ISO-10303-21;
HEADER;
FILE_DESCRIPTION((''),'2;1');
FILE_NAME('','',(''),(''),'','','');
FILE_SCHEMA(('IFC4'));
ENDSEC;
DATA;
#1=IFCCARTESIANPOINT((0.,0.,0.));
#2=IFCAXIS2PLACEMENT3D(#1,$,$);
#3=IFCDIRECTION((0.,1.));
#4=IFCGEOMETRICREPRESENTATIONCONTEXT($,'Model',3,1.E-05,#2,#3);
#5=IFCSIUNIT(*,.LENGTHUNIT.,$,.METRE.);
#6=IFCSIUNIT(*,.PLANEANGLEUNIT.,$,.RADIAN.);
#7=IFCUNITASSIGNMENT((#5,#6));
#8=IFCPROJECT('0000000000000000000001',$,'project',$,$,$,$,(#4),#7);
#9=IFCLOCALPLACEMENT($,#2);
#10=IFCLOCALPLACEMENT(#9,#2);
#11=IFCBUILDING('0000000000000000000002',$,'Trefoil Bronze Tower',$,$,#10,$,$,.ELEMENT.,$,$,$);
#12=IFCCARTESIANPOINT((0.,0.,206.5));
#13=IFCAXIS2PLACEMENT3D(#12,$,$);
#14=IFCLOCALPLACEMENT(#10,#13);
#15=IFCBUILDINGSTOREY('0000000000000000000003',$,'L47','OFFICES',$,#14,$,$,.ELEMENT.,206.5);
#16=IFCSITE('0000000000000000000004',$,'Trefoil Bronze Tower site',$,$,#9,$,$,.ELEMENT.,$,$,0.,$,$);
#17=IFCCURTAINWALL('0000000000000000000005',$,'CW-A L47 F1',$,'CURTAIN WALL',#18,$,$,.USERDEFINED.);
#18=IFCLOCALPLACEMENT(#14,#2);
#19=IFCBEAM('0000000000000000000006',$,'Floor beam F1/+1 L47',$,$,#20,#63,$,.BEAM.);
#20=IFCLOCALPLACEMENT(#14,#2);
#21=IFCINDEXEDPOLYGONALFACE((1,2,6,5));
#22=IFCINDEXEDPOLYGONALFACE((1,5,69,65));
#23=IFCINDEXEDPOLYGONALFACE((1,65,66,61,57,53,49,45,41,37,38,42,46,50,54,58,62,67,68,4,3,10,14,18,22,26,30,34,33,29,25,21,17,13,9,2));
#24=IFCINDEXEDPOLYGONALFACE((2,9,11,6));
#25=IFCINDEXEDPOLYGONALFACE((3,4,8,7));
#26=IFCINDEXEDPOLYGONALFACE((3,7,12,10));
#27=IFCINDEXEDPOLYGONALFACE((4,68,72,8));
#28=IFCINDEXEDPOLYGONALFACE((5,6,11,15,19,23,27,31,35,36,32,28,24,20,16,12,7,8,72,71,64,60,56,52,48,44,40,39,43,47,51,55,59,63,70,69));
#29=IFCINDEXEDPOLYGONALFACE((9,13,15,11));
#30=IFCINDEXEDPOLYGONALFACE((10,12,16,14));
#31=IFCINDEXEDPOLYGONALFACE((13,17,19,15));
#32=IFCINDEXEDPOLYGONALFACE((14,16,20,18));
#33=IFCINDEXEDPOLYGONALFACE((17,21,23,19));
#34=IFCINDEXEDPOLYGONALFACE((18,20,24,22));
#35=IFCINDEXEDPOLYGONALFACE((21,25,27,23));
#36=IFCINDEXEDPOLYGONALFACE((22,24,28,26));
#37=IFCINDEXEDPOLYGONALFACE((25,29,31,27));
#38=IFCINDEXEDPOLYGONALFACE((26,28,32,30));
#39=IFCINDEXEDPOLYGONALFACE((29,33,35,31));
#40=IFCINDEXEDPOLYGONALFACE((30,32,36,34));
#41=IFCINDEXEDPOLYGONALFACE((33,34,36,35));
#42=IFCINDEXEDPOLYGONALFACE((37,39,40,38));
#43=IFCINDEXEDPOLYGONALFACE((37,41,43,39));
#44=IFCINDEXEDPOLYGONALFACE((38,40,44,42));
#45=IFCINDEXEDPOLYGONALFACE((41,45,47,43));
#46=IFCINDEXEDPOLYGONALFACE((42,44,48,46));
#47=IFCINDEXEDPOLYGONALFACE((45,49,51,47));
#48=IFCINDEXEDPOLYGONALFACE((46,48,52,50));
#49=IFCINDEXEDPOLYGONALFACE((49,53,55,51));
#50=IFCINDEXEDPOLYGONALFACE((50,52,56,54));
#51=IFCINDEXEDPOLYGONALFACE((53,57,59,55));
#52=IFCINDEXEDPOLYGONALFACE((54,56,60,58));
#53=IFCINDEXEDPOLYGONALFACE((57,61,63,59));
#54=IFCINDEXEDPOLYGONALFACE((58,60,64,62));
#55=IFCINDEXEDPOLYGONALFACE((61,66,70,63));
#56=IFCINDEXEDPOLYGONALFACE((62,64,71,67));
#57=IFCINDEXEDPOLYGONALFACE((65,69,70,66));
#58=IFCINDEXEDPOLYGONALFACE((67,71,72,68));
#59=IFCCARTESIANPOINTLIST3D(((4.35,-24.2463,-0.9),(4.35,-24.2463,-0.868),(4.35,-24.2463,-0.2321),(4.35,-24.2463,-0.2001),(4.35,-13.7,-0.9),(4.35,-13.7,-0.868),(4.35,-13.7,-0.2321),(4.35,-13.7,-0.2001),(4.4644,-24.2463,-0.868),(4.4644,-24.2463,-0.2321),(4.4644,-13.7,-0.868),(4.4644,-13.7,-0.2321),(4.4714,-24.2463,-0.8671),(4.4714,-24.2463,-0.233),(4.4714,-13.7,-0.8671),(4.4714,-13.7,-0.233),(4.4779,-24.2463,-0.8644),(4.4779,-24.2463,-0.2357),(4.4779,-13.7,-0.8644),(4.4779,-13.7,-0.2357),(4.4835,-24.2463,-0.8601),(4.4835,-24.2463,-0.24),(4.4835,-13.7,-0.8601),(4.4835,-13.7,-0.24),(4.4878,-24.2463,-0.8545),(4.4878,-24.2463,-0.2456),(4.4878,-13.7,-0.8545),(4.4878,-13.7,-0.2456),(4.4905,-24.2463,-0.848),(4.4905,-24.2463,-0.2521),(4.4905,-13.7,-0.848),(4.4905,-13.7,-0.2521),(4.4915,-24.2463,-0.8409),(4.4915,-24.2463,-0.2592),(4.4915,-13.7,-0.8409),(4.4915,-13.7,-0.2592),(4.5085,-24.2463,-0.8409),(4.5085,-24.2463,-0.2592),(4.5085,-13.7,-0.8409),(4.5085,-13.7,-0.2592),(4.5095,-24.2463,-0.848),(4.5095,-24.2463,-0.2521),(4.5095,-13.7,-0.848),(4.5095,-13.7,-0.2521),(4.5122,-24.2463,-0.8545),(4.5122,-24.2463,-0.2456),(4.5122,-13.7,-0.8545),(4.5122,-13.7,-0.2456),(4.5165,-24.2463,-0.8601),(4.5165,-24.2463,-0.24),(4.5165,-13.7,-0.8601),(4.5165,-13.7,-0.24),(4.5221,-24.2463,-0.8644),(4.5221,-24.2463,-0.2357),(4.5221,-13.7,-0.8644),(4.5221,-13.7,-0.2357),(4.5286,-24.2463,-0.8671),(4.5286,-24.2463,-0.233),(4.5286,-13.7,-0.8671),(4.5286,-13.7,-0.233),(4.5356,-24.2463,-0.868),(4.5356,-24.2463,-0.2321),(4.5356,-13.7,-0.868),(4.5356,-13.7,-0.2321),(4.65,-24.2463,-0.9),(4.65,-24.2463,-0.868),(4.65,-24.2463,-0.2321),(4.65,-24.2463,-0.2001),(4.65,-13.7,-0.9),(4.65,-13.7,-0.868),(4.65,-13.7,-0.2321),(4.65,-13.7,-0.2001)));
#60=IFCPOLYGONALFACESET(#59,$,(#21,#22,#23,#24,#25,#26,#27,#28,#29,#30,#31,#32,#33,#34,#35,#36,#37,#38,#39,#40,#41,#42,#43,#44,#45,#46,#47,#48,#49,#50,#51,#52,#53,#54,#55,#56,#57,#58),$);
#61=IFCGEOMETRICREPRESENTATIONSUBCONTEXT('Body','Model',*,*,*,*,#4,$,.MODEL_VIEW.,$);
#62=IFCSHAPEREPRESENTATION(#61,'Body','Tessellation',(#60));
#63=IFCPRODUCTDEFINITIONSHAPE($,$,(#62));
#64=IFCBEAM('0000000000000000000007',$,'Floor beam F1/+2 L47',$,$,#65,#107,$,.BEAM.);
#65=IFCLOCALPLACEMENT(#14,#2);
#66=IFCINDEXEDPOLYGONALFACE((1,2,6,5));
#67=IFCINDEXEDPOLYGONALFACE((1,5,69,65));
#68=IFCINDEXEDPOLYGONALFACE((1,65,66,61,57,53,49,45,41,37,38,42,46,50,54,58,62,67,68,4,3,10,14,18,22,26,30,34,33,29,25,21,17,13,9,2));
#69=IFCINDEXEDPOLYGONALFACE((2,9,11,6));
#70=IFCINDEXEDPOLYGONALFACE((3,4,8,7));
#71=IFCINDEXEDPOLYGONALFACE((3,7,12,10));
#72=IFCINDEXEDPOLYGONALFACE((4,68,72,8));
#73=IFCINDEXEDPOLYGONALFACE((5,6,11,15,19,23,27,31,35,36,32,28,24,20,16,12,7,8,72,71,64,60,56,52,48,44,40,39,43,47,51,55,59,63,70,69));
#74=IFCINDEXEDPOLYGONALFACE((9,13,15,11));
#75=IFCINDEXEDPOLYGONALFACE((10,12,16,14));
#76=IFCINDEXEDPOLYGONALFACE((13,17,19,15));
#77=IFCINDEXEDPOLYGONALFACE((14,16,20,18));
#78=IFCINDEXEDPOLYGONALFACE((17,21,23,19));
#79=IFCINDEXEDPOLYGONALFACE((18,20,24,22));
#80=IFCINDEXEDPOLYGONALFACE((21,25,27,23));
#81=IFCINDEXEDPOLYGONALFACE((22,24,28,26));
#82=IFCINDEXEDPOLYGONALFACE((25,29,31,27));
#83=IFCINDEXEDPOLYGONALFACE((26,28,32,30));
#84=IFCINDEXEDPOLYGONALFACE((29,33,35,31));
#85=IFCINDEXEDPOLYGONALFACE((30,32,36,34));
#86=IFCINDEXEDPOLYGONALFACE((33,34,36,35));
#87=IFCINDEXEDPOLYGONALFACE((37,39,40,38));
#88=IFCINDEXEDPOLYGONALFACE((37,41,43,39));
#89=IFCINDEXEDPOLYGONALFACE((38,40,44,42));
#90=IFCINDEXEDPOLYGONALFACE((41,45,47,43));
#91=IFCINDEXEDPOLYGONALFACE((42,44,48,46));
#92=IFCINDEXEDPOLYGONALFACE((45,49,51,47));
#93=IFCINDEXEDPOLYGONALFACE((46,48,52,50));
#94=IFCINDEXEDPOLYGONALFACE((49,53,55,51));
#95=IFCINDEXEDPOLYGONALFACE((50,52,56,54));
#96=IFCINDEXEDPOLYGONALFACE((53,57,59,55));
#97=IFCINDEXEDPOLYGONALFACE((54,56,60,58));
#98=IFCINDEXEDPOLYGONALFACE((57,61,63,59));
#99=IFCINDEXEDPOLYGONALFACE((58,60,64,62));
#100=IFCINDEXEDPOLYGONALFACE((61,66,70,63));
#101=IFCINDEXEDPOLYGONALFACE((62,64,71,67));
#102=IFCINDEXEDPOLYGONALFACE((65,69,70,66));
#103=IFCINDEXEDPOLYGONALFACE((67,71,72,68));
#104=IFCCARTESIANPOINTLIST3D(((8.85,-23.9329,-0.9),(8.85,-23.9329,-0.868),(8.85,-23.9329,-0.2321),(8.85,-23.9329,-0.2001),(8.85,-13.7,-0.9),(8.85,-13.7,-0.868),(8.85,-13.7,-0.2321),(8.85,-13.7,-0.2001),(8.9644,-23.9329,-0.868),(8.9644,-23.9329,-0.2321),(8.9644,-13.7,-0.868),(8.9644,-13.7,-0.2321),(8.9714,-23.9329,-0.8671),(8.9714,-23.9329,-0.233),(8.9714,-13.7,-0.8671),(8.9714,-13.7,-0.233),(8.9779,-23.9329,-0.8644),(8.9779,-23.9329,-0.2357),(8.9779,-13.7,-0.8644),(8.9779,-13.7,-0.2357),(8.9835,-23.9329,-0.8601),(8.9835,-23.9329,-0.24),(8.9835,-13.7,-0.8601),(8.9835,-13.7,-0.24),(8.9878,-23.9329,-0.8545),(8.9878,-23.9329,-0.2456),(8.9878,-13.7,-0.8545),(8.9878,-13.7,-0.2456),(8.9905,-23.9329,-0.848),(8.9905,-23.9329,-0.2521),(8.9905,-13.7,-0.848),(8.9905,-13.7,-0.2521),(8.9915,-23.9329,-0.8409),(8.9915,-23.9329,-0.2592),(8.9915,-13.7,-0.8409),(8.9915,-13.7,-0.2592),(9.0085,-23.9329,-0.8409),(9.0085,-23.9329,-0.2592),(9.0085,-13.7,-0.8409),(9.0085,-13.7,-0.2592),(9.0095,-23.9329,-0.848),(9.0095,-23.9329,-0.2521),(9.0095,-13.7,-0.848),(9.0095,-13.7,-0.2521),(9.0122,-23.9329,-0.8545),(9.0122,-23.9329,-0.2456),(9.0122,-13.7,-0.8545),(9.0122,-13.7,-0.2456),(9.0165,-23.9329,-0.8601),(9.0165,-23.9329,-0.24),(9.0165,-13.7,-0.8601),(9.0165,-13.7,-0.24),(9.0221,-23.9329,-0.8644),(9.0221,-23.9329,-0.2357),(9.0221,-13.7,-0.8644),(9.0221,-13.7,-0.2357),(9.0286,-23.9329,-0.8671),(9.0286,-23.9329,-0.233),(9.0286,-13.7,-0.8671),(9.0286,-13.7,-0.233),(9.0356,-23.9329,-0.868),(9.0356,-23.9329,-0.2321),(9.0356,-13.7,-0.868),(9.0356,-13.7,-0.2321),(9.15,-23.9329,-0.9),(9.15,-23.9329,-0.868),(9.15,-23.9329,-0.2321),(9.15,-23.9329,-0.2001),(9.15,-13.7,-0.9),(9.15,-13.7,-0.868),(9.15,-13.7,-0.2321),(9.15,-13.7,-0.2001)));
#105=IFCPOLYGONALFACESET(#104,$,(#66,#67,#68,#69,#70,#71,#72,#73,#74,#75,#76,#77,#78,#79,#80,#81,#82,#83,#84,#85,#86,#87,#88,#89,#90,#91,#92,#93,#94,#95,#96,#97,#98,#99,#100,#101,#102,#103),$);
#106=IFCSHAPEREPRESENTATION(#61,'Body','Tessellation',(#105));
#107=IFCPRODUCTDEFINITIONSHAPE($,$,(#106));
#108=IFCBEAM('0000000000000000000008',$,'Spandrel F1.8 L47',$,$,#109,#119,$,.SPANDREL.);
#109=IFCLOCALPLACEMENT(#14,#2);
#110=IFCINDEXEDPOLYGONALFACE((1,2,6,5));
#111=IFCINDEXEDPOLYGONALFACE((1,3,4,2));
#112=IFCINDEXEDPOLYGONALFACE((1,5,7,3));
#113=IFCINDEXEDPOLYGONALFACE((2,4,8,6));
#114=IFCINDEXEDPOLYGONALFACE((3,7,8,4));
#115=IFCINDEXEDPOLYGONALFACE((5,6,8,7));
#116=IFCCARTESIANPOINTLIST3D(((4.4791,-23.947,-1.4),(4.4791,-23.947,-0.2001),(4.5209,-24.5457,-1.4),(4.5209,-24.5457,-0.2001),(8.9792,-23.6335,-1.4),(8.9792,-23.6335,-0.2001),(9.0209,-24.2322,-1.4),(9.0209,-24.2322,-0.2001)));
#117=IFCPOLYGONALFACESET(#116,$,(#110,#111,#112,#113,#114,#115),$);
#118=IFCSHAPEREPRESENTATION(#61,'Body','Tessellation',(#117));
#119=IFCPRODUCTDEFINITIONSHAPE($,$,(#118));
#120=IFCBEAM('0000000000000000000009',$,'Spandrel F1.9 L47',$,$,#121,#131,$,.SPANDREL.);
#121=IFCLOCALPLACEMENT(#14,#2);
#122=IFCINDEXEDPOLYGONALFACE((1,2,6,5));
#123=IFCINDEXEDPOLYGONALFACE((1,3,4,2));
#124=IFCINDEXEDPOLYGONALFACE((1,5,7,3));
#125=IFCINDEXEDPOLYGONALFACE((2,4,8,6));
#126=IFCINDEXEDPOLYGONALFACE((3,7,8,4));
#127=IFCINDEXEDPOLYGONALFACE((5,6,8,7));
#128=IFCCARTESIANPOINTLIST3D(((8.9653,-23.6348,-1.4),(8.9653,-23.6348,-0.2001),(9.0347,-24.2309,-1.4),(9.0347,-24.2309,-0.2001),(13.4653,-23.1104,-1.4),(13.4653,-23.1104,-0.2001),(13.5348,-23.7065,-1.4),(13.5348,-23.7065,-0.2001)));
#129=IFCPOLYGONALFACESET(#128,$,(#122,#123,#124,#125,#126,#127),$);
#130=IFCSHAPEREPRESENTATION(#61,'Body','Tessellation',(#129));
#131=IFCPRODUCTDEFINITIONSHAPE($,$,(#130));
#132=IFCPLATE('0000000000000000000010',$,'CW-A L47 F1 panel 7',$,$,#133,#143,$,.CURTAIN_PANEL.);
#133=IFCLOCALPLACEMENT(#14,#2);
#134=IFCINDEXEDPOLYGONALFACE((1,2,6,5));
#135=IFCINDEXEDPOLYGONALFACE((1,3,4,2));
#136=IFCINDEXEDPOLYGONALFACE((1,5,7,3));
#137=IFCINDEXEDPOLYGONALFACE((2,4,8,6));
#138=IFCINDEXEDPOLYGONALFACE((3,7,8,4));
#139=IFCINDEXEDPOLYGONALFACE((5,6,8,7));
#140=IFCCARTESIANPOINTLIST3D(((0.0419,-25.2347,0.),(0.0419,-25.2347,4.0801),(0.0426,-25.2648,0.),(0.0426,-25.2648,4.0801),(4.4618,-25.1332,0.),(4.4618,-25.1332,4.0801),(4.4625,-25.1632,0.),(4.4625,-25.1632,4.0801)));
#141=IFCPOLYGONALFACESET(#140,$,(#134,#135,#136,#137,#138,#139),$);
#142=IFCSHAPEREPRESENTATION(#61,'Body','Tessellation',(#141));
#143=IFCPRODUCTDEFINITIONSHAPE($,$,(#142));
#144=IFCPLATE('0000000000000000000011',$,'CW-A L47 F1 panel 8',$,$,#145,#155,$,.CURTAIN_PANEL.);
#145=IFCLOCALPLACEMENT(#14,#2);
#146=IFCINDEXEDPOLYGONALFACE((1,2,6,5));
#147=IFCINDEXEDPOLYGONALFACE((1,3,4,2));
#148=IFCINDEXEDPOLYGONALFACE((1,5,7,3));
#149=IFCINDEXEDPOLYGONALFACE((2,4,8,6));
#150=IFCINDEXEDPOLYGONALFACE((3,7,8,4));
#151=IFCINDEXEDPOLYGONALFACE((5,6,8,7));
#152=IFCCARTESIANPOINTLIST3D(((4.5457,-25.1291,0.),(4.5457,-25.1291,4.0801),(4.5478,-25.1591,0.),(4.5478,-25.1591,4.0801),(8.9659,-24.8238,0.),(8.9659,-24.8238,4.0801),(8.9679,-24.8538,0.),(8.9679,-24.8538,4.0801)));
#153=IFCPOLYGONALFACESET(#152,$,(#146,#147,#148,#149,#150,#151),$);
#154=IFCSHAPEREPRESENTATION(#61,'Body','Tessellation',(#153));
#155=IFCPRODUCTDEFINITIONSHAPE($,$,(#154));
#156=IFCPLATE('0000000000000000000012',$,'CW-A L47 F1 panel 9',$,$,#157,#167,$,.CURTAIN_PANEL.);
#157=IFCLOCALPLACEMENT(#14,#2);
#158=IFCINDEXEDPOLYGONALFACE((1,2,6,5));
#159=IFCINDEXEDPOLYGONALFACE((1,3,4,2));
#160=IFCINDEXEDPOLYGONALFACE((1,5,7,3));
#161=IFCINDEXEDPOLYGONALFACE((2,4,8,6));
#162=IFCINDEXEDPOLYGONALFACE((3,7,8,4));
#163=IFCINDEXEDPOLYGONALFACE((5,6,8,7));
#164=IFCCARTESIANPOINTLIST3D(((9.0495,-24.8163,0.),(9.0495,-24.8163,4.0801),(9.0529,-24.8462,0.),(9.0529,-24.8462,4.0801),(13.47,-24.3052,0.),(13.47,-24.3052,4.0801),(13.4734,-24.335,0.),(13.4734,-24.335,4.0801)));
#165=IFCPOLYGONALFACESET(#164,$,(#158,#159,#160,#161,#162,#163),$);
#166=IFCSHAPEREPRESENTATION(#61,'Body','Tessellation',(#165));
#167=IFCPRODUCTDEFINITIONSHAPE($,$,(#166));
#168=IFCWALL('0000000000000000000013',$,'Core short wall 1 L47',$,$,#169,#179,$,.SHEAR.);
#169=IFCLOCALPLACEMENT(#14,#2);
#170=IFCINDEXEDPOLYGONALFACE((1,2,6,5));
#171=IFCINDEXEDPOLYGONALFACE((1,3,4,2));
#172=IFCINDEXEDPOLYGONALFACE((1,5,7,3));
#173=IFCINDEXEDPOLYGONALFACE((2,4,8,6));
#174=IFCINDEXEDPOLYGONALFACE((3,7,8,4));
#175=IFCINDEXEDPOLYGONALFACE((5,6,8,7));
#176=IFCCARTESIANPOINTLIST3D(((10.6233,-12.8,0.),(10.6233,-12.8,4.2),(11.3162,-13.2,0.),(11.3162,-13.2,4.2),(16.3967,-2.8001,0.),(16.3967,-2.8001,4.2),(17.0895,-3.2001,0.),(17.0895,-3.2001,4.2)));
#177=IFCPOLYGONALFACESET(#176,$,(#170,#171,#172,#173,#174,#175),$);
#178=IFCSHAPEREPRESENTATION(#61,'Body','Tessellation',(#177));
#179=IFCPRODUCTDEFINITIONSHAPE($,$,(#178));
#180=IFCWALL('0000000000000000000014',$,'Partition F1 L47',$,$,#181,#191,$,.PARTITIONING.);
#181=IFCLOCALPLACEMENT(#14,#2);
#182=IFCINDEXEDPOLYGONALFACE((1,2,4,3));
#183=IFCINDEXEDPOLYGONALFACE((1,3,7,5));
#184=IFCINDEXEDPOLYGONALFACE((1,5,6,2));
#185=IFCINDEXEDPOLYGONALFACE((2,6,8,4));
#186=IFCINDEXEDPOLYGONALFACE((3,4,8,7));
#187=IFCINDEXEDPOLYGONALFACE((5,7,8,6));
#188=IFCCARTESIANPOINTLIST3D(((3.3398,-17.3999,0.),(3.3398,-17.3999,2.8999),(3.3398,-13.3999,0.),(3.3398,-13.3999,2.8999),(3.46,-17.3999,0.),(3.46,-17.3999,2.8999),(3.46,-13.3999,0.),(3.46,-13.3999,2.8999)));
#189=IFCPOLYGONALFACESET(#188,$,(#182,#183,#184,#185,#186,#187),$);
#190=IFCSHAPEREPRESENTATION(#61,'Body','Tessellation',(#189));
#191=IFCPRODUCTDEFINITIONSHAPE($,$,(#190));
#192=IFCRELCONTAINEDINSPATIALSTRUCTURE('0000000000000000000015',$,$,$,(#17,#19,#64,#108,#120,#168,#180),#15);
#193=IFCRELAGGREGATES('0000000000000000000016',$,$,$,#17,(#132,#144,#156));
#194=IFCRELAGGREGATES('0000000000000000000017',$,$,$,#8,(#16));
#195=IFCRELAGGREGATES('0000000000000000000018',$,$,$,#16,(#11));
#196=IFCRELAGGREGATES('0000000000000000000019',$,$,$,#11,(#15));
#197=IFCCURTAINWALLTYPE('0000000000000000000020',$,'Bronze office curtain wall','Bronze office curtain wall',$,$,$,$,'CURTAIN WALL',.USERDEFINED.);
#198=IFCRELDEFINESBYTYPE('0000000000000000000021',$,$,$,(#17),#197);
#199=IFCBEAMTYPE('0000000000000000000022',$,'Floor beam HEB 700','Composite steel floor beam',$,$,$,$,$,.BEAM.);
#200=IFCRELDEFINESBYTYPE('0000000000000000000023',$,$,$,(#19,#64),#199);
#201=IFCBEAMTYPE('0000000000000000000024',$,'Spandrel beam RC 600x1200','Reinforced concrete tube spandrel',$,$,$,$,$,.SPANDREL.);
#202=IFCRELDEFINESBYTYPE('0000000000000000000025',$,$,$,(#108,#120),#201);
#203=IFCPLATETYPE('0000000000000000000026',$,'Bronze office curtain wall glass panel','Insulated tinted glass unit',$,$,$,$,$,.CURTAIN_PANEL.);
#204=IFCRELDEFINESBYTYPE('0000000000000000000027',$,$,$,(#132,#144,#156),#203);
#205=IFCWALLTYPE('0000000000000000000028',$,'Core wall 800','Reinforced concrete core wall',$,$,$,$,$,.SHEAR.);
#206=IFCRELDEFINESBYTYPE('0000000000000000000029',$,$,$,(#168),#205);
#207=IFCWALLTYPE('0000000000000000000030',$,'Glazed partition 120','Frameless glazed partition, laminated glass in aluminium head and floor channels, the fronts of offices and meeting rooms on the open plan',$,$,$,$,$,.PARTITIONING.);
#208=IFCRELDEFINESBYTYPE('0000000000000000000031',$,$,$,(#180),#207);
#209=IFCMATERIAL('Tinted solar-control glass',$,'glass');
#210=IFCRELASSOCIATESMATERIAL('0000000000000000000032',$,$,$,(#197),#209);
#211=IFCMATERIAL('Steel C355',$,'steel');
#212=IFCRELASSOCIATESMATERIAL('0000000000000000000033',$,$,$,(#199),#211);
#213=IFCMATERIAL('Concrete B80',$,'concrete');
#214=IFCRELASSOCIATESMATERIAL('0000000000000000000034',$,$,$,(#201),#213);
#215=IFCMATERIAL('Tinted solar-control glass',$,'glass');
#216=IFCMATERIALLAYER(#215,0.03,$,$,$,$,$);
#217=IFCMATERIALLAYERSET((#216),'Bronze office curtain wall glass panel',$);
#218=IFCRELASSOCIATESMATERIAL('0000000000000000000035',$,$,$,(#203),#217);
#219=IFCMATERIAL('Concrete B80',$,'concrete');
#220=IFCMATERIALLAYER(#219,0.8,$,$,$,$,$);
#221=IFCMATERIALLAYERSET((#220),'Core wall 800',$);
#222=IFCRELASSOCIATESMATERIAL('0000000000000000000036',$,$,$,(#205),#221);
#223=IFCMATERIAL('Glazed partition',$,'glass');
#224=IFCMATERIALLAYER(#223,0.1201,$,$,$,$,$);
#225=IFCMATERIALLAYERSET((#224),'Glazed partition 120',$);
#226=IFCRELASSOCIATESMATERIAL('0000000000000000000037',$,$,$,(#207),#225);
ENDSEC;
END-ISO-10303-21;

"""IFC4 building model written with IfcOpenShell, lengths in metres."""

from ifc_helpers import new_model, si_unit, direction, frame, frame_2d, origin, origin_2d, place, context, subcontext, project, spatial, rectangle, i_section, extrude, material, layer, layer_set, material_profile, profile_set, type_object, element, aggregate, save


model = new_model("IFC4")

# Units and contexts
model_context = context("Model", 3, precision=1e-05, world=origin(), true_north=direction((0.0, 1.0)))
body_context = subcontext(model_context, "Body", "Model", "MODEL_VIEW")
ifc_project = project(units=[si_unit("LENGTHUNIT", "METRE"), si_unit("PLANEANGLEUNIT", "RADIAN")], contexts=[model_context])

# Site, building, storey
site_placement = place(None, origin())
site = spatial("IfcSite", under=ifc_project, at=site_placement, Name="Trefoil Bronze Tower site", CompositionType="ELEMENT", RefElevation=0.0)
building_placement = place(site_placement, origin())
building = spatial("IfcBuilding", under=site, at=building_placement, Name="Trefoil Bronze Tower", CompositionType="ELEMENT")
storey_placement = place(building_placement, frame((0.0, 0.0, 206.5)))
storey = spatial("IfcBuildingStorey", under=building, at=storey_placement, Name="L47", Description="OFFICES", CompositionType="ELEMENT", Elevation=206.5)

# Curtain wall
ifc_material_1 = material(Name="Tinted solar-control glass", Category="glass")
curtain_wall_type = type_object("IfcCurtainWallType", Name="Bronze office curtain wall", Description="Bronze office curtain wall", ElementType="CURTAIN WALL", PredefinedType="USERDEFINED", material=ifc_material_1)
curtain_wall_placement = place(storey_placement, origin())
curtain_wall = element("IfcCurtainWall", 1, at=curtain_wall_placement, inside=storey, type_object=curtain_wall_type, Name="CW-A L47 F1", ObjectType="CURTAIN WALL", PredefinedType="USERDEFINED")

# Beams
ifc_material_2 = material(Name="Steel C355", Category="steel")
ifc_material_profile_1 = material_profile(ifc_material_2, i_section(OverallWidth=0.3, OverallDepth=0.7, WebThickness=0.0171, FlangeThickness=0.032, FilletRadius=0.0271, at=origin_2d()), Name="HEB 700")
ifc_profile_set_1 = profile_set([ifc_material_profile_1], Name="Steel C355")
beam_type_1 = type_object("IfcBeamType", Name="Floor beam HEB 700", Description="Composite steel floor beam", PredefinedType="BEAM", material=ifc_profile_set_1)
beam_1_placement = place(storey_placement, frame((4.5, -24.2463, -0.55), z_axis=(0.0, 1.0, 0.0), x_axis=(-1.0, 0.0, 0.0)))
element("IfcBeam", 2, at=beam_1_placement, inside=storey, type_object=beam_type_1, Name="Floor beam F1/+1 L47", PredefinedType="BEAM", context=body_context, shape_type="SweptSolid", body=[
    extrude(i_section(OverallWidth=0.3, OverallDepth=0.7, WebThickness=0.0171, FlangeThickness=0.032, FilletRadius=0.0271, at=origin_2d()), origin(), (0.0, 0.0, 1.0), 10.5464),
])
beam_2_placement = place(storey_placement, frame((9.0, -23.9329, -0.55), z_axis=(0.0, 1.0, 0.0), x_axis=(-1.0, 0.0, 0.0)))
element("IfcBeam", 3, at=beam_2_placement, inside=storey, type_object=beam_type_1, Name="Floor beam F1/+2 L47", PredefinedType="BEAM", context=body_context, shape_type="SweptSolid", body=[
    extrude(i_section(OverallWidth=0.3, OverallDepth=0.7, WebThickness=0.0171, FlangeThickness=0.032, FilletRadius=0.0271, at=origin_2d()), origin(), (0.0, 0.0, 1.0), 10.2329),
])
ifc_material_3 = material(Name="Concrete B80", Category="concrete")
ifc_material_profile_2 = material_profile(ifc_material_3, rectangle(XDim=0.6001, YDim=1.2, at=origin_2d()), Name="RC 600x1200")
ifc_profile_set_2 = profile_set([ifc_material_profile_2], Name="Concrete B80")
beam_type_2 = type_object("IfcBeamType", Name="Spandrel beam RC 600x1200", Description="Reinforced concrete tube spandrel", PredefinedType="SPANDREL", material=ifc_profile_set_2)
beam_3_placement = place(storey_placement, frame((4.5, -24.2463, -0.8), z_axis=(0.997582, 0.069493, 0.0), x_axis=(-0.069493, 0.997582, 0.0)))
element("IfcBeam", 4, at=beam_3_placement, inside=storey, type_object=beam_type_2, Name="Spandrel F1.8 L47", PredefinedType="SPANDREL", context=body_context, shape_type="SweptSolid", body=[
    extrude(rectangle(XDim=0.6001, YDim=1.2, at=origin_2d()), origin(), (0.0, 0.0, 1.0), 4.511),
])
beam_4_placement = place(storey_placement, frame((9.0, -23.9329, -0.8), z_axis=(0.993278, 0.115753, 0.0), x_axis=(-0.115753, 0.993278, 0.0)))
element("IfcBeam", 5, at=beam_4_placement, inside=storey, type_object=beam_type_2, Name="Spandrel F1.9 L47", PredefinedType="SPANDREL", context=body_context, shape_type="SweptSolid", body=[
    extrude(rectangle(XDim=0.6001, YDim=1.2, at=origin_2d()), origin(), (0.0, 0.0, 1.0), 4.5305),
])

# Plates
ifc_material_4 = material(Name="Tinted solar-control glass", Category="glass")
ifc_layer_1 = layer(ifc_material_4, 0.03)
ifc_layer_set_1 = layer_set([ifc_layer_1], Name="Bronze office curtain wall glass panel")
plate_type = type_object("IfcPlateType", Name="Bronze office curtain wall glass panel", Description="Insulated tinted glass unit", PredefinedType="CURTAIN_PANEL", material=ifc_layer_set_1)
plate_1_placement = place(storey_placement, frame((2.2522, -25.199, 0.0), z_axis=(0.0, 0.0, 1.0), x_axis=(0.999736, 0.022972, 0.0)))
plate_1 = element("IfcPlate", 6, at=plate_1_placement, type_object=plate_type, Name="CW-A L47 F1 panel 7", PredefinedType="CURTAIN_PANEL", context=body_context, shape_type="SweptSolid", body=[
    extrude(rectangle(XDim=4.4211, YDim=0.03, at=origin_2d()), origin(), (0.0, 0.0, 1.0), 4.0801),
])
plate_2_placement = place(storey_placement, frame((6.7568, -24.9915, 0.0), z_axis=(0.0, 0.0, 1.0), x_axis=(0.997623, 0.068915, 0.0)))
plate_2 = element("IfcPlate", 7, at=plate_2_placement, type_object=plate_type, Name="CW-A L47 F1 panel 8", PredefinedType="CURTAIN_PANEL", context=body_context, shape_type="SweptSolid", body=[
    extrude(rectangle(XDim=4.4307, YDim=0.03, at=origin_2d()), origin(), (0.0, 0.0, 1.0), 4.0801),
])
plate_3_placement = place(storey_placement, frame((11.2615, -24.5757, 0.0), z_axis=(0.0, 0.0, 1.0), x_axis=(0.993382, 0.114859, 0.0)))
plate_3 = element("IfcPlate", 8, at=plate_3_placement, type_object=plate_type, Name="CW-A L47 F1 panel 9", PredefinedType="CURTAIN_PANEL", context=body_context, shape_type="SweptSolid", body=[
    extrude(rectangle(XDim=4.45, YDim=0.03, at=origin_2d()), origin(), (0.0, 0.0, 1.0), 4.0801),
])
aggregate(curtain_wall, [plate_1, plate_2, plate_3])

# Walls
ifc_material_5 = material(Name="Concrete B80", Category="concrete")
ifc_layer_2 = layer(ifc_material_5, 0.8)
ifc_layer_set_2 = layer_set([ifc_layer_2], Name="Core wall 800")
wall_type_1 = type_object("IfcWallType", Name="Core wall 800", Description="Reinforced concrete core wall", PredefinedType="SHEAR", material=ifc_layer_set_2)
wall_1_placement = place(storey_placement, frame((10.9697, -13.0, 0.0), z_axis=(0.0, 0.0, 1.0), x_axis=(0.499996, 0.866028, 0.0)))
element("IfcWall", 9, at=wall_1_placement, inside=storey, type_object=wall_type_1, Name="Core short wall 1 L47", PredefinedType="SHEAR", context=body_context, shape_type="SweptSolid", body=[
    extrude(rectangle(XDim=11.5469, YDim=0.8, at=frame_2d((5.7734, 0.0))), origin(), (0.0, 0.0, 1.0), 4.2),
])
ifc_material_6 = material(Name="Glazed partition", Category="glass")
ifc_layer_3 = layer(ifc_material_6, 0.1201)
ifc_layer_set_3 = layer_set([ifc_layer_3], Name="Glazed partition 120")
wall_type_2 = type_object("IfcWallType", Name="Glazed partition 120", Description="Frameless glazed partition, laminated glass in aluminium head and floor channels, the fronts of offices and meeting rooms on the open plan", PredefinedType="PARTITIONING", material=ifc_layer_set_3)
wall_2_placement = place(storey_placement, frame((3.3999, -13.3999, 0.0), z_axis=(0.0, 0.0, 1.0), x_axis=(0.0, -1.0, 0.0)))
element("IfcWall", 10, at=wall_2_placement, inside=storey, type_object=wall_type_2, Name="Partition F1 L47", PredefinedType="PARTITIONING", context=body_context, shape_type="SweptSolid", body=[
    extrude(rectangle(XDim=4.0, YDim=0.1201, at=frame_2d((2.0, 0.0))), origin(), (0.0, 0.0, 1.0), 2.8999),
])

save(model, "model.ifc")
